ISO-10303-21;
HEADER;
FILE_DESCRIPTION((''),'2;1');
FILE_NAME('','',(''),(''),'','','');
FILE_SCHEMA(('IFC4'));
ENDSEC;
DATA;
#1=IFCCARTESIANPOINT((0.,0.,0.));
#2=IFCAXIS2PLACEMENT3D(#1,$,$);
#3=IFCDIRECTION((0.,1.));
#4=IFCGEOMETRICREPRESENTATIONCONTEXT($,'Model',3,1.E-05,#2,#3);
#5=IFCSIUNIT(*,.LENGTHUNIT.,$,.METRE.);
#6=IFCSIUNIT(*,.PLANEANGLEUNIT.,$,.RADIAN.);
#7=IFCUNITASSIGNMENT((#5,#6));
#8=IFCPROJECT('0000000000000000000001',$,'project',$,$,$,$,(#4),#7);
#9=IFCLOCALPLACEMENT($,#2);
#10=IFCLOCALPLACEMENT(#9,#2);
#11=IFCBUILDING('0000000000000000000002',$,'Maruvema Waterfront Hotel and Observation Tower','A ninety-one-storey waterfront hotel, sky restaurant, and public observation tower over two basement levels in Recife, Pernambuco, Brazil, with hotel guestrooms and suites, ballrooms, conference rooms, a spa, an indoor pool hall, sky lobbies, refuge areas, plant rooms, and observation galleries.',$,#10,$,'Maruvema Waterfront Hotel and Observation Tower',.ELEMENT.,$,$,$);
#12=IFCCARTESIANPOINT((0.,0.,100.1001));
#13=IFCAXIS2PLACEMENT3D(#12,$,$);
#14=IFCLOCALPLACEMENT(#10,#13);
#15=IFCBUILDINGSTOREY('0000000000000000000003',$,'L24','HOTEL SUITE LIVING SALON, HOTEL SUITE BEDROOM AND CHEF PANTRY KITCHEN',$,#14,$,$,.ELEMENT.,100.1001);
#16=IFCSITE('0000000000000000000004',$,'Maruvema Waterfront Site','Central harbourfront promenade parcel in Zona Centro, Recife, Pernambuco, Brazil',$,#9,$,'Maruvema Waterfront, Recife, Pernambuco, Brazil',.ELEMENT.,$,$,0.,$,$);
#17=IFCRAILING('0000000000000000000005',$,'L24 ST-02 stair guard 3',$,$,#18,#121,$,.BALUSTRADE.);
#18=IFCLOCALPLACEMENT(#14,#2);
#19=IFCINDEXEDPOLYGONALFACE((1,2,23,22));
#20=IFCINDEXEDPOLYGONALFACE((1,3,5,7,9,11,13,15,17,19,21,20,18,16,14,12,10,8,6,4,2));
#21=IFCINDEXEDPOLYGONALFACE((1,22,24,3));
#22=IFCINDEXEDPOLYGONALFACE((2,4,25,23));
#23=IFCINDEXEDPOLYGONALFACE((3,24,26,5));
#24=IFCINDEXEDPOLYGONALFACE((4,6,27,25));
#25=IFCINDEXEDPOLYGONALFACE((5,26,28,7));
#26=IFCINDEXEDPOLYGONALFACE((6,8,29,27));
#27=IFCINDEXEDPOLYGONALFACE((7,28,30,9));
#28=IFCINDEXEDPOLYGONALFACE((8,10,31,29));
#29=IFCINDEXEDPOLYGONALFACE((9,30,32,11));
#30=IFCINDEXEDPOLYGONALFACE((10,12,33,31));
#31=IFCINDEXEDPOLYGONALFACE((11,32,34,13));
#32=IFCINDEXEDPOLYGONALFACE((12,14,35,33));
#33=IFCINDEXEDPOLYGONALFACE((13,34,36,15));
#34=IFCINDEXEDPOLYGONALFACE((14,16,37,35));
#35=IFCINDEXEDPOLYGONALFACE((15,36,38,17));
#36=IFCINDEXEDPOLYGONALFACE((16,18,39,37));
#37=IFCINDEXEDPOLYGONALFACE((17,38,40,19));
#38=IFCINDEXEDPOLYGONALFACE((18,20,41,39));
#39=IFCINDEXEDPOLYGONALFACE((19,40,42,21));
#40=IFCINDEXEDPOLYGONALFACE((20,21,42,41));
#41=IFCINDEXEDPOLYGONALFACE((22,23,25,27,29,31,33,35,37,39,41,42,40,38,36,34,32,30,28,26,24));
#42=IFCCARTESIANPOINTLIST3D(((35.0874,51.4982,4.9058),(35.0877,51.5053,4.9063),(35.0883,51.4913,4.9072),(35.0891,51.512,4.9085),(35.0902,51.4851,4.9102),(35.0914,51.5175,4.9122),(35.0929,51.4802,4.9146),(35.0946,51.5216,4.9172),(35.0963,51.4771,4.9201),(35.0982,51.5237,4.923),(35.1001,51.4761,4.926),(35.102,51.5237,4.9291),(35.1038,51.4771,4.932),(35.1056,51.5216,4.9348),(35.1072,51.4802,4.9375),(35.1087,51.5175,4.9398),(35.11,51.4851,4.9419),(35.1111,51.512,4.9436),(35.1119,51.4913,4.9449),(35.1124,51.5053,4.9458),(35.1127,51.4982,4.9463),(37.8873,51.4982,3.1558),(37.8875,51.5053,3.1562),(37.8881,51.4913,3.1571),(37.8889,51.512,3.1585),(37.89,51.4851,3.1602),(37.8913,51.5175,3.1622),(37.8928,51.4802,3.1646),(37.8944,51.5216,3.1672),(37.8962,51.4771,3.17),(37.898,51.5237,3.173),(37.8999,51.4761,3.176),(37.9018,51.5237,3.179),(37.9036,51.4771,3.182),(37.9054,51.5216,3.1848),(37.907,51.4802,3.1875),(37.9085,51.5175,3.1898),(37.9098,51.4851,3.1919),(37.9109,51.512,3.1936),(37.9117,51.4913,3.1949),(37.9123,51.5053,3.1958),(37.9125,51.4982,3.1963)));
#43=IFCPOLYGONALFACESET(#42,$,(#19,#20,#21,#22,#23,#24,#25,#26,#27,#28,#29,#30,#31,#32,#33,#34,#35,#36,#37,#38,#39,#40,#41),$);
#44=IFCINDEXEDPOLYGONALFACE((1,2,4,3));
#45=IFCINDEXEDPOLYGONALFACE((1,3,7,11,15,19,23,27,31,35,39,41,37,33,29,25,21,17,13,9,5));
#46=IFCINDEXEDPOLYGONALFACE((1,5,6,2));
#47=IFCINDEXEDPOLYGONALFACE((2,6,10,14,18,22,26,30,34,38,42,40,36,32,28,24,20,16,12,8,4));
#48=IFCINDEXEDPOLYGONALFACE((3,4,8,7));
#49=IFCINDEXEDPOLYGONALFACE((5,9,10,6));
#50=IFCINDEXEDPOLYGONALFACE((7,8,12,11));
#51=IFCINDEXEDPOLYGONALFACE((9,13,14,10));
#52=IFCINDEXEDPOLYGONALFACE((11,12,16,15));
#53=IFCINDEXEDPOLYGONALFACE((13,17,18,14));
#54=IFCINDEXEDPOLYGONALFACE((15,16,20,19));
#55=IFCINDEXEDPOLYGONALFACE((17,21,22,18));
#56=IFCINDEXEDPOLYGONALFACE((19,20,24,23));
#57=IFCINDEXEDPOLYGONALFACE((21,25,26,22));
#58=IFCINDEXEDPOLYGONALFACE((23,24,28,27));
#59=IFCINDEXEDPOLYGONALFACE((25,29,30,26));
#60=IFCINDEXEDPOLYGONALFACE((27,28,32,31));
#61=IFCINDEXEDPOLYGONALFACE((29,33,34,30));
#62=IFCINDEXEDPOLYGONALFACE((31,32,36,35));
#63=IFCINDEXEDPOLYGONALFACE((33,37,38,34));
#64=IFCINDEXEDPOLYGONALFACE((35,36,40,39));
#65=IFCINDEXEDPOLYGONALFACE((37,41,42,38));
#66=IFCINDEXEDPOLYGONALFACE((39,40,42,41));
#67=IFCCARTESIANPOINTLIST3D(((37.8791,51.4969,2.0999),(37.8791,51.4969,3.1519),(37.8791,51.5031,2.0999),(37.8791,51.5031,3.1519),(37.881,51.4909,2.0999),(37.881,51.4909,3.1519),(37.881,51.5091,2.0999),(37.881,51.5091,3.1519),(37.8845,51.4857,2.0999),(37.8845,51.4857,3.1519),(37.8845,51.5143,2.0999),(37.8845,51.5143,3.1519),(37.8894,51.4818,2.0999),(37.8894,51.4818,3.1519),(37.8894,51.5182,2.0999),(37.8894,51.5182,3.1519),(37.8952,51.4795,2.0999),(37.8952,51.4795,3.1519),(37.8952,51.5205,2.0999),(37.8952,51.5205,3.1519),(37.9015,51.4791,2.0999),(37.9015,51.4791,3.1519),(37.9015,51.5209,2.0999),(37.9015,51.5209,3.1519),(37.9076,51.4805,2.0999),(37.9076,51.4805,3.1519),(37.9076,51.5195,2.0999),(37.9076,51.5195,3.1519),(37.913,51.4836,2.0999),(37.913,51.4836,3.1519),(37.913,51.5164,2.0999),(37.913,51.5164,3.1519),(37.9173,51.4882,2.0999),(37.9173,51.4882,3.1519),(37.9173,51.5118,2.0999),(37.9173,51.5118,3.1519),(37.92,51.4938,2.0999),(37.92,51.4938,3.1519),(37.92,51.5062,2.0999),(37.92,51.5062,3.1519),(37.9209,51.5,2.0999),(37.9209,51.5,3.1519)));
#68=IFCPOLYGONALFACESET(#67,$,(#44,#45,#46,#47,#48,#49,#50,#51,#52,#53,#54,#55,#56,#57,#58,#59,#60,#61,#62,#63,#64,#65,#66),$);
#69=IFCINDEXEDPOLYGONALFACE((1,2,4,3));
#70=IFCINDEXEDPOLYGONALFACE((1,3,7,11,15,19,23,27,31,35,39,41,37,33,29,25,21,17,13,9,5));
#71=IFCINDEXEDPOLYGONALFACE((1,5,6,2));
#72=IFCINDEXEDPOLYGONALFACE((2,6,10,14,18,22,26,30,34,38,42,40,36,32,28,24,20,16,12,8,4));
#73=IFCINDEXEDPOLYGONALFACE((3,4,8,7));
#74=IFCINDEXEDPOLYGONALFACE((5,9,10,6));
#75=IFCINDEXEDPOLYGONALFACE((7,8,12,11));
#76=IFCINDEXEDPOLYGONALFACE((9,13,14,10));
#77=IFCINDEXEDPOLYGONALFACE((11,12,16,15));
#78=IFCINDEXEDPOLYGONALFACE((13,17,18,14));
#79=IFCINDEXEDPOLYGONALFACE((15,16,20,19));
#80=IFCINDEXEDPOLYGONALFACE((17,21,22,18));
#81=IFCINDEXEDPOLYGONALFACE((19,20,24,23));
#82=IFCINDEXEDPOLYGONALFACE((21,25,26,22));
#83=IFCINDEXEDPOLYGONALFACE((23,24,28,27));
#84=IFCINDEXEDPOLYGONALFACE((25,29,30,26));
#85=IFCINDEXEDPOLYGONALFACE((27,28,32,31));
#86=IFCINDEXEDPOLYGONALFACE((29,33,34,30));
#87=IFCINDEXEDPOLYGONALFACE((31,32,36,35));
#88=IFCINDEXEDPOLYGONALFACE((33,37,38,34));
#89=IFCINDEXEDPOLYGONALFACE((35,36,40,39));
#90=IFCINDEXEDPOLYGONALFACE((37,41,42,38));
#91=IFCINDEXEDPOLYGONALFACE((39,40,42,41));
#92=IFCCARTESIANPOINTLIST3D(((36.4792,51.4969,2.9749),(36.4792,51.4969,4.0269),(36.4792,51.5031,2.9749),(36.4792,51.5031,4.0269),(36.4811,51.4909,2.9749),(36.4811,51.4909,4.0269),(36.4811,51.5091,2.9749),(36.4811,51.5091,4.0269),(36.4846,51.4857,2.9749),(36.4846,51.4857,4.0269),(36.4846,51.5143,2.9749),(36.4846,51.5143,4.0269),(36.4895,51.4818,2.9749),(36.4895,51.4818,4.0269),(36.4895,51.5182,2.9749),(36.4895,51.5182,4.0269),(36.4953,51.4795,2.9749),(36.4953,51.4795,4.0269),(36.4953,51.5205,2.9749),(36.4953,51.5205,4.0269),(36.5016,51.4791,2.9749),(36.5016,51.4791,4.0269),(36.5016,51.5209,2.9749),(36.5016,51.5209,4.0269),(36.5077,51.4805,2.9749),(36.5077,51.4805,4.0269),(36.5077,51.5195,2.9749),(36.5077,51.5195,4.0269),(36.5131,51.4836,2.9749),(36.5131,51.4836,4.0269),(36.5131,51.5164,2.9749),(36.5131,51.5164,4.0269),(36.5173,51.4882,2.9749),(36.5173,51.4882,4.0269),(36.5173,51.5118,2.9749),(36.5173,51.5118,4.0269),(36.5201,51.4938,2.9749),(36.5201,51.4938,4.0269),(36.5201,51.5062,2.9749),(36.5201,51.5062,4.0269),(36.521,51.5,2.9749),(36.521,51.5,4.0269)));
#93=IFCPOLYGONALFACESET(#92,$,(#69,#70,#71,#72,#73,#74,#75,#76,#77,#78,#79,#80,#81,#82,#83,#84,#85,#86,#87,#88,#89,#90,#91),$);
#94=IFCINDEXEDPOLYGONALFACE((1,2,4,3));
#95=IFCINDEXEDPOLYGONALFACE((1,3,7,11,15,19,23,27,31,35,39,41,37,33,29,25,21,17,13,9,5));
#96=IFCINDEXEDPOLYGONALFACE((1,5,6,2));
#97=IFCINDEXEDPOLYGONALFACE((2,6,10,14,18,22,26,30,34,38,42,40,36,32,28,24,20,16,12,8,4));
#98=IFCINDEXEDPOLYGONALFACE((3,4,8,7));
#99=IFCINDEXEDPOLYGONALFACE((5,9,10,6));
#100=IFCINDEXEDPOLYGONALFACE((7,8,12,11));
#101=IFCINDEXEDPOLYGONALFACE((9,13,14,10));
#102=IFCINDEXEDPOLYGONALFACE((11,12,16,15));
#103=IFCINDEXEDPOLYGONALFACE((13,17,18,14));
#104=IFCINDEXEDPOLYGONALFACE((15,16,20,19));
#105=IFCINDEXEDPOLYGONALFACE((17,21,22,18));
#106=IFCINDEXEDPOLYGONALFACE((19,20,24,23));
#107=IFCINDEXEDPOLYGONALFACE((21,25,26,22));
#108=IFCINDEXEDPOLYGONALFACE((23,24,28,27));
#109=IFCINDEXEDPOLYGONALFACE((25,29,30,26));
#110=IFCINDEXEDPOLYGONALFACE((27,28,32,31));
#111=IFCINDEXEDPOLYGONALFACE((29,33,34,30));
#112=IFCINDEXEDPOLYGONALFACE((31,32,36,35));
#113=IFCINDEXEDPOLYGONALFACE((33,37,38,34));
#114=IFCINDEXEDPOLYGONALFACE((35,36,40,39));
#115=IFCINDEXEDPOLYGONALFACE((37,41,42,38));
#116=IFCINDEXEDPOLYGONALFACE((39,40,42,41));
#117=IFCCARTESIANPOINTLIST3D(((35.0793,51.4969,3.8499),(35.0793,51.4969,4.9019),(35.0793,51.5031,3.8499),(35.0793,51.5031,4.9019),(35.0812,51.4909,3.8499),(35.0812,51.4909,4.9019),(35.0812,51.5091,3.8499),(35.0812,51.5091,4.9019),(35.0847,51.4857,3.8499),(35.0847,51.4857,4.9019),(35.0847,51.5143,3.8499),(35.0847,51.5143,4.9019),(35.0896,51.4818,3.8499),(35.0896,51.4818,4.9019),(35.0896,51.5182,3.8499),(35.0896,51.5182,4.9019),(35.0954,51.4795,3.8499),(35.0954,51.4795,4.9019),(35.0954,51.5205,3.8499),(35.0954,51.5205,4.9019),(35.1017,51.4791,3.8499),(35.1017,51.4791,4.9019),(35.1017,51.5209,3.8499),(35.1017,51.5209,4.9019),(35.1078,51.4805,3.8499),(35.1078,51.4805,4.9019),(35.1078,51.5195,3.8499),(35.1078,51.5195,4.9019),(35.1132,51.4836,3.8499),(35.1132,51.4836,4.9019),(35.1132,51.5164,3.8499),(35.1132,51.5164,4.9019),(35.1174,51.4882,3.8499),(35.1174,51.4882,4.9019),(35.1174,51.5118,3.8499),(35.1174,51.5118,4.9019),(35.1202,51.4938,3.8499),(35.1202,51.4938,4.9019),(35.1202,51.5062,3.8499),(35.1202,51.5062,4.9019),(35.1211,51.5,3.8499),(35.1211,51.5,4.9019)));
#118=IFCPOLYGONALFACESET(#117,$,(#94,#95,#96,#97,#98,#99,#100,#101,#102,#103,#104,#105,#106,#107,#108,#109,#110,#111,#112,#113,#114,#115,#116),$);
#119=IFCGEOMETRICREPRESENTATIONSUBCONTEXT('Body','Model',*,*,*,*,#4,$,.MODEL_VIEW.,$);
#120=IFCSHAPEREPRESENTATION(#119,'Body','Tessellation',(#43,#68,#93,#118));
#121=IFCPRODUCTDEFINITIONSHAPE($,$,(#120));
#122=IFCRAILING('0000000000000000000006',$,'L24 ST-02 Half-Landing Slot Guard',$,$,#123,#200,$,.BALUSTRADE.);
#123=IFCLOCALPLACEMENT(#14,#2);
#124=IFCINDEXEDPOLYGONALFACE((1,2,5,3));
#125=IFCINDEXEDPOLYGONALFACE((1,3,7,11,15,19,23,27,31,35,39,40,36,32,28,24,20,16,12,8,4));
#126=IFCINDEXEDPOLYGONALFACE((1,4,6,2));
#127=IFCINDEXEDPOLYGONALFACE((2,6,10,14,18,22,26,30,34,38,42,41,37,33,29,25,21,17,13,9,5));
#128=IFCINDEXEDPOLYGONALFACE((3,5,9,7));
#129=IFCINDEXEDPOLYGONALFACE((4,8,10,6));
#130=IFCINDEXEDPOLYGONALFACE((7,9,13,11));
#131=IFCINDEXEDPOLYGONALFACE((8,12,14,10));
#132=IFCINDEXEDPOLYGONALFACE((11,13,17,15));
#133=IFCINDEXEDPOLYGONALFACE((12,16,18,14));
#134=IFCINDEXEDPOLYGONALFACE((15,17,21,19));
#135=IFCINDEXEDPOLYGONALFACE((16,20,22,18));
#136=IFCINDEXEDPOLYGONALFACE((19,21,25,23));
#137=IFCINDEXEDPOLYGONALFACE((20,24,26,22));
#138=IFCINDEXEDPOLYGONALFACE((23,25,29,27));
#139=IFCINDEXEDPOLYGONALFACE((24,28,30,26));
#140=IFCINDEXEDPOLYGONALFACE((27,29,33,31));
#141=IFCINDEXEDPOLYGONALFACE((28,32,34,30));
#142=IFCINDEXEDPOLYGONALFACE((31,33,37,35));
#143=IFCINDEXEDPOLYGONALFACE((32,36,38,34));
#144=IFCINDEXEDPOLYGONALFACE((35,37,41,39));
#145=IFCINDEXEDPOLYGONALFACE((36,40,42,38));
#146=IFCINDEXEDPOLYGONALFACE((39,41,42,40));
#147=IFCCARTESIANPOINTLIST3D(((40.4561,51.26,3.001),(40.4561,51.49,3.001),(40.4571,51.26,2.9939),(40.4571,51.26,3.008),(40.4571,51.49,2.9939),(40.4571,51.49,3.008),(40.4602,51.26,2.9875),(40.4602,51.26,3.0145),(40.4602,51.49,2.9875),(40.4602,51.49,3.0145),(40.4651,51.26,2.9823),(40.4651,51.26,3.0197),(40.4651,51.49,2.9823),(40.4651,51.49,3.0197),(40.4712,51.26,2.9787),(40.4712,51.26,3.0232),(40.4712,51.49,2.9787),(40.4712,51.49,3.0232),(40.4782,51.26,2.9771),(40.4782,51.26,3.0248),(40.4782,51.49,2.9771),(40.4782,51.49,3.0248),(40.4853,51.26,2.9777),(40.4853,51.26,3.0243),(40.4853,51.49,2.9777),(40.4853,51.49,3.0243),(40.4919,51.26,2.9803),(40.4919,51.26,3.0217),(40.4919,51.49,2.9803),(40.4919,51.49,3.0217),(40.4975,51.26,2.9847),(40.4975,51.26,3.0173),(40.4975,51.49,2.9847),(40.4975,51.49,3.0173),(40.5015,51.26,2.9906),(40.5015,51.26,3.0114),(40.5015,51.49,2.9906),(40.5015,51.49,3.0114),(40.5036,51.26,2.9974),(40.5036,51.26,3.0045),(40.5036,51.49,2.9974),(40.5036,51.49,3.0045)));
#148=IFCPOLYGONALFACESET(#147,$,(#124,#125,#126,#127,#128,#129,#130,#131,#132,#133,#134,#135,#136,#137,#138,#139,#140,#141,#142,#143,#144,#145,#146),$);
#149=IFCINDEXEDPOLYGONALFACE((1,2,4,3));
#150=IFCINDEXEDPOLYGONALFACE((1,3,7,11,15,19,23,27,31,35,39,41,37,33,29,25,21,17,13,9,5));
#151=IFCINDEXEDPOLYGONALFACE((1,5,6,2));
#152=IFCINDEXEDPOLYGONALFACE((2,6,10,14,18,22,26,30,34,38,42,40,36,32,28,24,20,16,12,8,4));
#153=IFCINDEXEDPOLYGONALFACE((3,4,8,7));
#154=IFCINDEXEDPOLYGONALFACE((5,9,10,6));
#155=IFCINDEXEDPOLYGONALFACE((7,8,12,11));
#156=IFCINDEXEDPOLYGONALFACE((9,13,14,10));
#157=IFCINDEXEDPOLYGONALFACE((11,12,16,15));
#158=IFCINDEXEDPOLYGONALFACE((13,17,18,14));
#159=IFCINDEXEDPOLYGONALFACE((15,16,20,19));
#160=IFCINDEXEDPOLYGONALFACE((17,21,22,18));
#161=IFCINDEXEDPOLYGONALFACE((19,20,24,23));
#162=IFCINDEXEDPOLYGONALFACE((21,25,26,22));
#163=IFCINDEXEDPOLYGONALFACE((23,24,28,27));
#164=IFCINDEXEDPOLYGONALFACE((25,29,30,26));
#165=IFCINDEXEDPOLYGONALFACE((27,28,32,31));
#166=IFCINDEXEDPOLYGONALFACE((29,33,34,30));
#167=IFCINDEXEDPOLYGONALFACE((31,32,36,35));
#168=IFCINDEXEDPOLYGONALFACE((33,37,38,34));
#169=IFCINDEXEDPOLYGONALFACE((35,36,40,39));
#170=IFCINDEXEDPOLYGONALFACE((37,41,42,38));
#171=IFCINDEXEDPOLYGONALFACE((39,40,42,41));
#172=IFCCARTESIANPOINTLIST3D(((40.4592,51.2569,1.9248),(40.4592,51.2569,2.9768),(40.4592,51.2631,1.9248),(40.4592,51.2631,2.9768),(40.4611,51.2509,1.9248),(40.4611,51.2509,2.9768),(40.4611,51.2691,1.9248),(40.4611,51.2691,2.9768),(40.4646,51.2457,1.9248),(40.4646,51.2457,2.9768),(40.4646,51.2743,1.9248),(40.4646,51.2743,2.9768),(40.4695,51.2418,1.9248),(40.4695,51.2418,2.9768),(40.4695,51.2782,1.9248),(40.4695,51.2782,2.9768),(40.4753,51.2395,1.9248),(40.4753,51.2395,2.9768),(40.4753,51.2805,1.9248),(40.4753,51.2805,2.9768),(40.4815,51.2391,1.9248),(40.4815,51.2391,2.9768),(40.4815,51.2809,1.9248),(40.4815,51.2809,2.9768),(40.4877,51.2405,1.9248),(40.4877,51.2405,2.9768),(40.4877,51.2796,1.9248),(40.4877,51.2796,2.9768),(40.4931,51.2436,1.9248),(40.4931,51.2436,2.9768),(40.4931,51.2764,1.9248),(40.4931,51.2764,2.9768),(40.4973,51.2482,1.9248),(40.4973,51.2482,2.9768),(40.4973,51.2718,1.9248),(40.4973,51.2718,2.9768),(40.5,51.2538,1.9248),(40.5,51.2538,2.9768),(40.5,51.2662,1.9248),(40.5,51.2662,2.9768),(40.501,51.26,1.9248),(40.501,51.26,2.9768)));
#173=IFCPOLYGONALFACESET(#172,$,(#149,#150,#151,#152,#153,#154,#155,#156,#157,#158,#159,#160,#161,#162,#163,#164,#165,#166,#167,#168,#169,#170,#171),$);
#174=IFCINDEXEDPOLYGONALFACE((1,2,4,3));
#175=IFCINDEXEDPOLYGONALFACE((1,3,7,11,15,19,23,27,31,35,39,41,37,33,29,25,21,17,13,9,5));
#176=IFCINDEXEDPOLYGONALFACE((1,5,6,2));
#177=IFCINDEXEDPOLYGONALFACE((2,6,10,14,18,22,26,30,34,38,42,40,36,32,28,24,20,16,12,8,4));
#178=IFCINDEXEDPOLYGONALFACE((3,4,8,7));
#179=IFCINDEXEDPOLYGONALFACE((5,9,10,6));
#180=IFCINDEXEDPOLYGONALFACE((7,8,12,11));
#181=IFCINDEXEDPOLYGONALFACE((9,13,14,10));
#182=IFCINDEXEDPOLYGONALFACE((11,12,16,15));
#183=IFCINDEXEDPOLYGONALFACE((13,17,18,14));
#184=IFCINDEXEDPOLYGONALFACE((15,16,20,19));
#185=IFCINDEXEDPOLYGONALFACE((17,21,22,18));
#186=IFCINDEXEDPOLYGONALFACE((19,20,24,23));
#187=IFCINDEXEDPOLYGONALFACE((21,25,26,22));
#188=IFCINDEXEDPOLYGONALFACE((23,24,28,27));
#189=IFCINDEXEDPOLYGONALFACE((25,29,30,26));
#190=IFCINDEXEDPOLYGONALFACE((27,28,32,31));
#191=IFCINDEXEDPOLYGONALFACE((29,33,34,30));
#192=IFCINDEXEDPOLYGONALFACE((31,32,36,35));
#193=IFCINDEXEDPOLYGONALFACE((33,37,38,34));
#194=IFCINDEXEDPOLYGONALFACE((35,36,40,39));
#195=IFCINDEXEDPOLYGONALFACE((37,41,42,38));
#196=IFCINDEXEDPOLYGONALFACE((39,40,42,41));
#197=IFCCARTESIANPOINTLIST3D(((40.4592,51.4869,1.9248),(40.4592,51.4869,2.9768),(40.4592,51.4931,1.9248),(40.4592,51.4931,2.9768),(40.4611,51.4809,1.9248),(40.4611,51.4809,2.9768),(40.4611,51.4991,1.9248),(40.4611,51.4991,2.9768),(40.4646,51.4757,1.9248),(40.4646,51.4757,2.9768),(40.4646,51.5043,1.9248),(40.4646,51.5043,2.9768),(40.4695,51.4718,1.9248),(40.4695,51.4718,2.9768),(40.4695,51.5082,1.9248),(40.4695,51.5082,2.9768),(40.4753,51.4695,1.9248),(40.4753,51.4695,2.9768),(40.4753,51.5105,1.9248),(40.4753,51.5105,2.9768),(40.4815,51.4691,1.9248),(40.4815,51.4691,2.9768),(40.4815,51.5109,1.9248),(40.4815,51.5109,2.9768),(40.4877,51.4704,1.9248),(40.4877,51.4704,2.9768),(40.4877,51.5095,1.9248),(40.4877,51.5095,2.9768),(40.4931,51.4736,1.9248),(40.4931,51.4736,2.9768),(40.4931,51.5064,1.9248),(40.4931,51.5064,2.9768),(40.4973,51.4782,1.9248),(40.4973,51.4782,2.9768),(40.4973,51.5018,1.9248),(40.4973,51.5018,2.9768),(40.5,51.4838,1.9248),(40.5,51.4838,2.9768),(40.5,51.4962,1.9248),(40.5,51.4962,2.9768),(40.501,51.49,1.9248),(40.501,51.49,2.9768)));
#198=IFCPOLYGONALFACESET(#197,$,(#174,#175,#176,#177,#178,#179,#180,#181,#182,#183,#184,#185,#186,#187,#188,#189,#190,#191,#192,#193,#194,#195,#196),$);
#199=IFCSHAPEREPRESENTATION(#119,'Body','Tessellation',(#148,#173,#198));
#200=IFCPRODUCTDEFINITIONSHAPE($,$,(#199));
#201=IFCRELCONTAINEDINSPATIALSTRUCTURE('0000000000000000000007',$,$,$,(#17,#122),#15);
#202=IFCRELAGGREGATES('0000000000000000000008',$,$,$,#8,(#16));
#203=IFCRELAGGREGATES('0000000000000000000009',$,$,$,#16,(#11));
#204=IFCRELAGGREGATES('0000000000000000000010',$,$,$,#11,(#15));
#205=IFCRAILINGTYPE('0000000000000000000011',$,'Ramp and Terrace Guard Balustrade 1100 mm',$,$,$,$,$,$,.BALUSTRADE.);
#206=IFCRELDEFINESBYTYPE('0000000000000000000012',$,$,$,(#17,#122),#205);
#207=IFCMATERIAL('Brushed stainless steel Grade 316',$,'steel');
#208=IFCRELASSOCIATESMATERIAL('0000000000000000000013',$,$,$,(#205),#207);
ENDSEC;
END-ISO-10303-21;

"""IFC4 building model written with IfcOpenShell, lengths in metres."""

from ifc_helpers import new_model, si_unit, direction, frame, origin, origin_2d, place, context, subcontext, project, spatial, circle, extrude, material, type_object, element, save


model = new_model("IFC4")

# Units and contexts
model_context = context("Model", 3, precision=1e-05, world=origin(), true_north=direction((0.0, 1.0)))
body_context = subcontext(model_context, "Body", "Model", "MODEL_VIEW")
ifc_project = project(units=[si_unit("LENGTHUNIT", "METRE"), si_unit("PLANEANGLEUNIT", "RADIAN")], contexts=[model_context])

# Site, building, storey
site_placement = place(None, origin())
site = spatial("IfcSite", under=ifc_project, at=site_placement, Name="Maruvema Waterfront Site", Description="Central harbourfront promenade parcel in Zona Centro, Recife, Pernambuco, Brazil", LongName="Maruvema Waterfront, Recife, Pernambuco, Brazil", CompositionType="ELEMENT", RefElevation=0.0)
building_placement = place(site_placement, origin())
building = spatial("IfcBuilding", under=site, at=building_placement, Name="Maruvema Waterfront Hotel and Observation Tower", Description="A ninety-one-storey waterfront hotel, sky restaurant, and public observation tower over two basement levels in Recife, Pernambuco, Brazil, with hotel guestrooms and suites, ballrooms, conference rooms, a spa, an indoor pool hall, sky lobbies, refuge areas, plant rooms, and observation galleries.", LongName="Maruvema Waterfront Hotel and Observation Tower", CompositionType="ELEMENT")
storey_placement = place(building_placement, frame((0.0, 0.0, 100.1001)))
storey = spatial("IfcBuildingStorey", under=building, at=storey_placement, Name="L24", Description="HOTEL SUITE LIVING SALON, HOTEL SUITE BEDROOM AND CHEF PANTRY KITCHEN", CompositionType="ELEMENT", Elevation=100.1001)

# Railings
ifc_material_1 = material(Name="Brushed stainless steel Grade 316", Category="steel")
railing_type_1 = type_object("IfcRailingType", Name="Ramp and Terrace Guard Balustrade 1100 mm", PredefinedType="BALUSTRADE", material=ifc_material_1)
railing_1_placement = place(storey_placement, frame((37.8999, 51.5, 2.0999)))
element("IfcRailing", 1, at=railing_1_placement, inside=storey, type_object=railing_type_1, Name="L24 ST-02 stair guard 3", PredefinedType="BALUSTRADE", context=body_context, shape_type="SweptSolid", body=[
    extrude(circle(Radius=0.0239, at=origin_2d()), frame((0.0, 0.0, 1.0762), z_axis=(-0.847982, 0.0, 0.530026), x_axis=(0.0, -1.0, 0.0)), (0.0, 0.0, 1.0), 3.3018),
    extrude(circle(Radius=0.021, at=origin_2d()), origin(), (0.0, 0.0, 1.0), 1.052),
    extrude(circle(Radius=0.021, at=origin_2d()), frame((-1.3999, 0.0, 0.875)), (0.0, 0.0, 1.0), 1.052),
    extrude(circle(Radius=0.021, at=origin_2d()), frame((-2.7998, 0.0, 1.75)), (0.0, 0.0, 1.0), 1.052),
])
railing_2_placement = place(storey_placement, frame((40.48, 51.26, 1.9248)))
element("IfcRailing", 2, at=railing_2_placement, inside=storey, type_object=railing_type_1, Name="L24 ST-02 Half-Landing Slot Guard", PredefinedType="BALUSTRADE", context=body_context, shape_type="SweptSolid", body=[
    extrude(circle(Radius=0.0239, at=origin_2d()), frame((0.0, 0.0, 1.0762), z_axis=(0.0, 1.0, 0.0), x_axis=(-1.0, 0.0, 0.0)), (0.0, 0.0, 1.0), 0.23),
    extrude(circle(Radius=0.021, at=origin_2d()), origin(), (0.0, 0.0, 1.0), 1.052),
    extrude(circle(Radius=0.021, at=origin_2d()), frame((0.0, 0.23, 0.0)), (0.0, 0.0, 1.0), 1.052),
])

save(model, "model.ifc")
